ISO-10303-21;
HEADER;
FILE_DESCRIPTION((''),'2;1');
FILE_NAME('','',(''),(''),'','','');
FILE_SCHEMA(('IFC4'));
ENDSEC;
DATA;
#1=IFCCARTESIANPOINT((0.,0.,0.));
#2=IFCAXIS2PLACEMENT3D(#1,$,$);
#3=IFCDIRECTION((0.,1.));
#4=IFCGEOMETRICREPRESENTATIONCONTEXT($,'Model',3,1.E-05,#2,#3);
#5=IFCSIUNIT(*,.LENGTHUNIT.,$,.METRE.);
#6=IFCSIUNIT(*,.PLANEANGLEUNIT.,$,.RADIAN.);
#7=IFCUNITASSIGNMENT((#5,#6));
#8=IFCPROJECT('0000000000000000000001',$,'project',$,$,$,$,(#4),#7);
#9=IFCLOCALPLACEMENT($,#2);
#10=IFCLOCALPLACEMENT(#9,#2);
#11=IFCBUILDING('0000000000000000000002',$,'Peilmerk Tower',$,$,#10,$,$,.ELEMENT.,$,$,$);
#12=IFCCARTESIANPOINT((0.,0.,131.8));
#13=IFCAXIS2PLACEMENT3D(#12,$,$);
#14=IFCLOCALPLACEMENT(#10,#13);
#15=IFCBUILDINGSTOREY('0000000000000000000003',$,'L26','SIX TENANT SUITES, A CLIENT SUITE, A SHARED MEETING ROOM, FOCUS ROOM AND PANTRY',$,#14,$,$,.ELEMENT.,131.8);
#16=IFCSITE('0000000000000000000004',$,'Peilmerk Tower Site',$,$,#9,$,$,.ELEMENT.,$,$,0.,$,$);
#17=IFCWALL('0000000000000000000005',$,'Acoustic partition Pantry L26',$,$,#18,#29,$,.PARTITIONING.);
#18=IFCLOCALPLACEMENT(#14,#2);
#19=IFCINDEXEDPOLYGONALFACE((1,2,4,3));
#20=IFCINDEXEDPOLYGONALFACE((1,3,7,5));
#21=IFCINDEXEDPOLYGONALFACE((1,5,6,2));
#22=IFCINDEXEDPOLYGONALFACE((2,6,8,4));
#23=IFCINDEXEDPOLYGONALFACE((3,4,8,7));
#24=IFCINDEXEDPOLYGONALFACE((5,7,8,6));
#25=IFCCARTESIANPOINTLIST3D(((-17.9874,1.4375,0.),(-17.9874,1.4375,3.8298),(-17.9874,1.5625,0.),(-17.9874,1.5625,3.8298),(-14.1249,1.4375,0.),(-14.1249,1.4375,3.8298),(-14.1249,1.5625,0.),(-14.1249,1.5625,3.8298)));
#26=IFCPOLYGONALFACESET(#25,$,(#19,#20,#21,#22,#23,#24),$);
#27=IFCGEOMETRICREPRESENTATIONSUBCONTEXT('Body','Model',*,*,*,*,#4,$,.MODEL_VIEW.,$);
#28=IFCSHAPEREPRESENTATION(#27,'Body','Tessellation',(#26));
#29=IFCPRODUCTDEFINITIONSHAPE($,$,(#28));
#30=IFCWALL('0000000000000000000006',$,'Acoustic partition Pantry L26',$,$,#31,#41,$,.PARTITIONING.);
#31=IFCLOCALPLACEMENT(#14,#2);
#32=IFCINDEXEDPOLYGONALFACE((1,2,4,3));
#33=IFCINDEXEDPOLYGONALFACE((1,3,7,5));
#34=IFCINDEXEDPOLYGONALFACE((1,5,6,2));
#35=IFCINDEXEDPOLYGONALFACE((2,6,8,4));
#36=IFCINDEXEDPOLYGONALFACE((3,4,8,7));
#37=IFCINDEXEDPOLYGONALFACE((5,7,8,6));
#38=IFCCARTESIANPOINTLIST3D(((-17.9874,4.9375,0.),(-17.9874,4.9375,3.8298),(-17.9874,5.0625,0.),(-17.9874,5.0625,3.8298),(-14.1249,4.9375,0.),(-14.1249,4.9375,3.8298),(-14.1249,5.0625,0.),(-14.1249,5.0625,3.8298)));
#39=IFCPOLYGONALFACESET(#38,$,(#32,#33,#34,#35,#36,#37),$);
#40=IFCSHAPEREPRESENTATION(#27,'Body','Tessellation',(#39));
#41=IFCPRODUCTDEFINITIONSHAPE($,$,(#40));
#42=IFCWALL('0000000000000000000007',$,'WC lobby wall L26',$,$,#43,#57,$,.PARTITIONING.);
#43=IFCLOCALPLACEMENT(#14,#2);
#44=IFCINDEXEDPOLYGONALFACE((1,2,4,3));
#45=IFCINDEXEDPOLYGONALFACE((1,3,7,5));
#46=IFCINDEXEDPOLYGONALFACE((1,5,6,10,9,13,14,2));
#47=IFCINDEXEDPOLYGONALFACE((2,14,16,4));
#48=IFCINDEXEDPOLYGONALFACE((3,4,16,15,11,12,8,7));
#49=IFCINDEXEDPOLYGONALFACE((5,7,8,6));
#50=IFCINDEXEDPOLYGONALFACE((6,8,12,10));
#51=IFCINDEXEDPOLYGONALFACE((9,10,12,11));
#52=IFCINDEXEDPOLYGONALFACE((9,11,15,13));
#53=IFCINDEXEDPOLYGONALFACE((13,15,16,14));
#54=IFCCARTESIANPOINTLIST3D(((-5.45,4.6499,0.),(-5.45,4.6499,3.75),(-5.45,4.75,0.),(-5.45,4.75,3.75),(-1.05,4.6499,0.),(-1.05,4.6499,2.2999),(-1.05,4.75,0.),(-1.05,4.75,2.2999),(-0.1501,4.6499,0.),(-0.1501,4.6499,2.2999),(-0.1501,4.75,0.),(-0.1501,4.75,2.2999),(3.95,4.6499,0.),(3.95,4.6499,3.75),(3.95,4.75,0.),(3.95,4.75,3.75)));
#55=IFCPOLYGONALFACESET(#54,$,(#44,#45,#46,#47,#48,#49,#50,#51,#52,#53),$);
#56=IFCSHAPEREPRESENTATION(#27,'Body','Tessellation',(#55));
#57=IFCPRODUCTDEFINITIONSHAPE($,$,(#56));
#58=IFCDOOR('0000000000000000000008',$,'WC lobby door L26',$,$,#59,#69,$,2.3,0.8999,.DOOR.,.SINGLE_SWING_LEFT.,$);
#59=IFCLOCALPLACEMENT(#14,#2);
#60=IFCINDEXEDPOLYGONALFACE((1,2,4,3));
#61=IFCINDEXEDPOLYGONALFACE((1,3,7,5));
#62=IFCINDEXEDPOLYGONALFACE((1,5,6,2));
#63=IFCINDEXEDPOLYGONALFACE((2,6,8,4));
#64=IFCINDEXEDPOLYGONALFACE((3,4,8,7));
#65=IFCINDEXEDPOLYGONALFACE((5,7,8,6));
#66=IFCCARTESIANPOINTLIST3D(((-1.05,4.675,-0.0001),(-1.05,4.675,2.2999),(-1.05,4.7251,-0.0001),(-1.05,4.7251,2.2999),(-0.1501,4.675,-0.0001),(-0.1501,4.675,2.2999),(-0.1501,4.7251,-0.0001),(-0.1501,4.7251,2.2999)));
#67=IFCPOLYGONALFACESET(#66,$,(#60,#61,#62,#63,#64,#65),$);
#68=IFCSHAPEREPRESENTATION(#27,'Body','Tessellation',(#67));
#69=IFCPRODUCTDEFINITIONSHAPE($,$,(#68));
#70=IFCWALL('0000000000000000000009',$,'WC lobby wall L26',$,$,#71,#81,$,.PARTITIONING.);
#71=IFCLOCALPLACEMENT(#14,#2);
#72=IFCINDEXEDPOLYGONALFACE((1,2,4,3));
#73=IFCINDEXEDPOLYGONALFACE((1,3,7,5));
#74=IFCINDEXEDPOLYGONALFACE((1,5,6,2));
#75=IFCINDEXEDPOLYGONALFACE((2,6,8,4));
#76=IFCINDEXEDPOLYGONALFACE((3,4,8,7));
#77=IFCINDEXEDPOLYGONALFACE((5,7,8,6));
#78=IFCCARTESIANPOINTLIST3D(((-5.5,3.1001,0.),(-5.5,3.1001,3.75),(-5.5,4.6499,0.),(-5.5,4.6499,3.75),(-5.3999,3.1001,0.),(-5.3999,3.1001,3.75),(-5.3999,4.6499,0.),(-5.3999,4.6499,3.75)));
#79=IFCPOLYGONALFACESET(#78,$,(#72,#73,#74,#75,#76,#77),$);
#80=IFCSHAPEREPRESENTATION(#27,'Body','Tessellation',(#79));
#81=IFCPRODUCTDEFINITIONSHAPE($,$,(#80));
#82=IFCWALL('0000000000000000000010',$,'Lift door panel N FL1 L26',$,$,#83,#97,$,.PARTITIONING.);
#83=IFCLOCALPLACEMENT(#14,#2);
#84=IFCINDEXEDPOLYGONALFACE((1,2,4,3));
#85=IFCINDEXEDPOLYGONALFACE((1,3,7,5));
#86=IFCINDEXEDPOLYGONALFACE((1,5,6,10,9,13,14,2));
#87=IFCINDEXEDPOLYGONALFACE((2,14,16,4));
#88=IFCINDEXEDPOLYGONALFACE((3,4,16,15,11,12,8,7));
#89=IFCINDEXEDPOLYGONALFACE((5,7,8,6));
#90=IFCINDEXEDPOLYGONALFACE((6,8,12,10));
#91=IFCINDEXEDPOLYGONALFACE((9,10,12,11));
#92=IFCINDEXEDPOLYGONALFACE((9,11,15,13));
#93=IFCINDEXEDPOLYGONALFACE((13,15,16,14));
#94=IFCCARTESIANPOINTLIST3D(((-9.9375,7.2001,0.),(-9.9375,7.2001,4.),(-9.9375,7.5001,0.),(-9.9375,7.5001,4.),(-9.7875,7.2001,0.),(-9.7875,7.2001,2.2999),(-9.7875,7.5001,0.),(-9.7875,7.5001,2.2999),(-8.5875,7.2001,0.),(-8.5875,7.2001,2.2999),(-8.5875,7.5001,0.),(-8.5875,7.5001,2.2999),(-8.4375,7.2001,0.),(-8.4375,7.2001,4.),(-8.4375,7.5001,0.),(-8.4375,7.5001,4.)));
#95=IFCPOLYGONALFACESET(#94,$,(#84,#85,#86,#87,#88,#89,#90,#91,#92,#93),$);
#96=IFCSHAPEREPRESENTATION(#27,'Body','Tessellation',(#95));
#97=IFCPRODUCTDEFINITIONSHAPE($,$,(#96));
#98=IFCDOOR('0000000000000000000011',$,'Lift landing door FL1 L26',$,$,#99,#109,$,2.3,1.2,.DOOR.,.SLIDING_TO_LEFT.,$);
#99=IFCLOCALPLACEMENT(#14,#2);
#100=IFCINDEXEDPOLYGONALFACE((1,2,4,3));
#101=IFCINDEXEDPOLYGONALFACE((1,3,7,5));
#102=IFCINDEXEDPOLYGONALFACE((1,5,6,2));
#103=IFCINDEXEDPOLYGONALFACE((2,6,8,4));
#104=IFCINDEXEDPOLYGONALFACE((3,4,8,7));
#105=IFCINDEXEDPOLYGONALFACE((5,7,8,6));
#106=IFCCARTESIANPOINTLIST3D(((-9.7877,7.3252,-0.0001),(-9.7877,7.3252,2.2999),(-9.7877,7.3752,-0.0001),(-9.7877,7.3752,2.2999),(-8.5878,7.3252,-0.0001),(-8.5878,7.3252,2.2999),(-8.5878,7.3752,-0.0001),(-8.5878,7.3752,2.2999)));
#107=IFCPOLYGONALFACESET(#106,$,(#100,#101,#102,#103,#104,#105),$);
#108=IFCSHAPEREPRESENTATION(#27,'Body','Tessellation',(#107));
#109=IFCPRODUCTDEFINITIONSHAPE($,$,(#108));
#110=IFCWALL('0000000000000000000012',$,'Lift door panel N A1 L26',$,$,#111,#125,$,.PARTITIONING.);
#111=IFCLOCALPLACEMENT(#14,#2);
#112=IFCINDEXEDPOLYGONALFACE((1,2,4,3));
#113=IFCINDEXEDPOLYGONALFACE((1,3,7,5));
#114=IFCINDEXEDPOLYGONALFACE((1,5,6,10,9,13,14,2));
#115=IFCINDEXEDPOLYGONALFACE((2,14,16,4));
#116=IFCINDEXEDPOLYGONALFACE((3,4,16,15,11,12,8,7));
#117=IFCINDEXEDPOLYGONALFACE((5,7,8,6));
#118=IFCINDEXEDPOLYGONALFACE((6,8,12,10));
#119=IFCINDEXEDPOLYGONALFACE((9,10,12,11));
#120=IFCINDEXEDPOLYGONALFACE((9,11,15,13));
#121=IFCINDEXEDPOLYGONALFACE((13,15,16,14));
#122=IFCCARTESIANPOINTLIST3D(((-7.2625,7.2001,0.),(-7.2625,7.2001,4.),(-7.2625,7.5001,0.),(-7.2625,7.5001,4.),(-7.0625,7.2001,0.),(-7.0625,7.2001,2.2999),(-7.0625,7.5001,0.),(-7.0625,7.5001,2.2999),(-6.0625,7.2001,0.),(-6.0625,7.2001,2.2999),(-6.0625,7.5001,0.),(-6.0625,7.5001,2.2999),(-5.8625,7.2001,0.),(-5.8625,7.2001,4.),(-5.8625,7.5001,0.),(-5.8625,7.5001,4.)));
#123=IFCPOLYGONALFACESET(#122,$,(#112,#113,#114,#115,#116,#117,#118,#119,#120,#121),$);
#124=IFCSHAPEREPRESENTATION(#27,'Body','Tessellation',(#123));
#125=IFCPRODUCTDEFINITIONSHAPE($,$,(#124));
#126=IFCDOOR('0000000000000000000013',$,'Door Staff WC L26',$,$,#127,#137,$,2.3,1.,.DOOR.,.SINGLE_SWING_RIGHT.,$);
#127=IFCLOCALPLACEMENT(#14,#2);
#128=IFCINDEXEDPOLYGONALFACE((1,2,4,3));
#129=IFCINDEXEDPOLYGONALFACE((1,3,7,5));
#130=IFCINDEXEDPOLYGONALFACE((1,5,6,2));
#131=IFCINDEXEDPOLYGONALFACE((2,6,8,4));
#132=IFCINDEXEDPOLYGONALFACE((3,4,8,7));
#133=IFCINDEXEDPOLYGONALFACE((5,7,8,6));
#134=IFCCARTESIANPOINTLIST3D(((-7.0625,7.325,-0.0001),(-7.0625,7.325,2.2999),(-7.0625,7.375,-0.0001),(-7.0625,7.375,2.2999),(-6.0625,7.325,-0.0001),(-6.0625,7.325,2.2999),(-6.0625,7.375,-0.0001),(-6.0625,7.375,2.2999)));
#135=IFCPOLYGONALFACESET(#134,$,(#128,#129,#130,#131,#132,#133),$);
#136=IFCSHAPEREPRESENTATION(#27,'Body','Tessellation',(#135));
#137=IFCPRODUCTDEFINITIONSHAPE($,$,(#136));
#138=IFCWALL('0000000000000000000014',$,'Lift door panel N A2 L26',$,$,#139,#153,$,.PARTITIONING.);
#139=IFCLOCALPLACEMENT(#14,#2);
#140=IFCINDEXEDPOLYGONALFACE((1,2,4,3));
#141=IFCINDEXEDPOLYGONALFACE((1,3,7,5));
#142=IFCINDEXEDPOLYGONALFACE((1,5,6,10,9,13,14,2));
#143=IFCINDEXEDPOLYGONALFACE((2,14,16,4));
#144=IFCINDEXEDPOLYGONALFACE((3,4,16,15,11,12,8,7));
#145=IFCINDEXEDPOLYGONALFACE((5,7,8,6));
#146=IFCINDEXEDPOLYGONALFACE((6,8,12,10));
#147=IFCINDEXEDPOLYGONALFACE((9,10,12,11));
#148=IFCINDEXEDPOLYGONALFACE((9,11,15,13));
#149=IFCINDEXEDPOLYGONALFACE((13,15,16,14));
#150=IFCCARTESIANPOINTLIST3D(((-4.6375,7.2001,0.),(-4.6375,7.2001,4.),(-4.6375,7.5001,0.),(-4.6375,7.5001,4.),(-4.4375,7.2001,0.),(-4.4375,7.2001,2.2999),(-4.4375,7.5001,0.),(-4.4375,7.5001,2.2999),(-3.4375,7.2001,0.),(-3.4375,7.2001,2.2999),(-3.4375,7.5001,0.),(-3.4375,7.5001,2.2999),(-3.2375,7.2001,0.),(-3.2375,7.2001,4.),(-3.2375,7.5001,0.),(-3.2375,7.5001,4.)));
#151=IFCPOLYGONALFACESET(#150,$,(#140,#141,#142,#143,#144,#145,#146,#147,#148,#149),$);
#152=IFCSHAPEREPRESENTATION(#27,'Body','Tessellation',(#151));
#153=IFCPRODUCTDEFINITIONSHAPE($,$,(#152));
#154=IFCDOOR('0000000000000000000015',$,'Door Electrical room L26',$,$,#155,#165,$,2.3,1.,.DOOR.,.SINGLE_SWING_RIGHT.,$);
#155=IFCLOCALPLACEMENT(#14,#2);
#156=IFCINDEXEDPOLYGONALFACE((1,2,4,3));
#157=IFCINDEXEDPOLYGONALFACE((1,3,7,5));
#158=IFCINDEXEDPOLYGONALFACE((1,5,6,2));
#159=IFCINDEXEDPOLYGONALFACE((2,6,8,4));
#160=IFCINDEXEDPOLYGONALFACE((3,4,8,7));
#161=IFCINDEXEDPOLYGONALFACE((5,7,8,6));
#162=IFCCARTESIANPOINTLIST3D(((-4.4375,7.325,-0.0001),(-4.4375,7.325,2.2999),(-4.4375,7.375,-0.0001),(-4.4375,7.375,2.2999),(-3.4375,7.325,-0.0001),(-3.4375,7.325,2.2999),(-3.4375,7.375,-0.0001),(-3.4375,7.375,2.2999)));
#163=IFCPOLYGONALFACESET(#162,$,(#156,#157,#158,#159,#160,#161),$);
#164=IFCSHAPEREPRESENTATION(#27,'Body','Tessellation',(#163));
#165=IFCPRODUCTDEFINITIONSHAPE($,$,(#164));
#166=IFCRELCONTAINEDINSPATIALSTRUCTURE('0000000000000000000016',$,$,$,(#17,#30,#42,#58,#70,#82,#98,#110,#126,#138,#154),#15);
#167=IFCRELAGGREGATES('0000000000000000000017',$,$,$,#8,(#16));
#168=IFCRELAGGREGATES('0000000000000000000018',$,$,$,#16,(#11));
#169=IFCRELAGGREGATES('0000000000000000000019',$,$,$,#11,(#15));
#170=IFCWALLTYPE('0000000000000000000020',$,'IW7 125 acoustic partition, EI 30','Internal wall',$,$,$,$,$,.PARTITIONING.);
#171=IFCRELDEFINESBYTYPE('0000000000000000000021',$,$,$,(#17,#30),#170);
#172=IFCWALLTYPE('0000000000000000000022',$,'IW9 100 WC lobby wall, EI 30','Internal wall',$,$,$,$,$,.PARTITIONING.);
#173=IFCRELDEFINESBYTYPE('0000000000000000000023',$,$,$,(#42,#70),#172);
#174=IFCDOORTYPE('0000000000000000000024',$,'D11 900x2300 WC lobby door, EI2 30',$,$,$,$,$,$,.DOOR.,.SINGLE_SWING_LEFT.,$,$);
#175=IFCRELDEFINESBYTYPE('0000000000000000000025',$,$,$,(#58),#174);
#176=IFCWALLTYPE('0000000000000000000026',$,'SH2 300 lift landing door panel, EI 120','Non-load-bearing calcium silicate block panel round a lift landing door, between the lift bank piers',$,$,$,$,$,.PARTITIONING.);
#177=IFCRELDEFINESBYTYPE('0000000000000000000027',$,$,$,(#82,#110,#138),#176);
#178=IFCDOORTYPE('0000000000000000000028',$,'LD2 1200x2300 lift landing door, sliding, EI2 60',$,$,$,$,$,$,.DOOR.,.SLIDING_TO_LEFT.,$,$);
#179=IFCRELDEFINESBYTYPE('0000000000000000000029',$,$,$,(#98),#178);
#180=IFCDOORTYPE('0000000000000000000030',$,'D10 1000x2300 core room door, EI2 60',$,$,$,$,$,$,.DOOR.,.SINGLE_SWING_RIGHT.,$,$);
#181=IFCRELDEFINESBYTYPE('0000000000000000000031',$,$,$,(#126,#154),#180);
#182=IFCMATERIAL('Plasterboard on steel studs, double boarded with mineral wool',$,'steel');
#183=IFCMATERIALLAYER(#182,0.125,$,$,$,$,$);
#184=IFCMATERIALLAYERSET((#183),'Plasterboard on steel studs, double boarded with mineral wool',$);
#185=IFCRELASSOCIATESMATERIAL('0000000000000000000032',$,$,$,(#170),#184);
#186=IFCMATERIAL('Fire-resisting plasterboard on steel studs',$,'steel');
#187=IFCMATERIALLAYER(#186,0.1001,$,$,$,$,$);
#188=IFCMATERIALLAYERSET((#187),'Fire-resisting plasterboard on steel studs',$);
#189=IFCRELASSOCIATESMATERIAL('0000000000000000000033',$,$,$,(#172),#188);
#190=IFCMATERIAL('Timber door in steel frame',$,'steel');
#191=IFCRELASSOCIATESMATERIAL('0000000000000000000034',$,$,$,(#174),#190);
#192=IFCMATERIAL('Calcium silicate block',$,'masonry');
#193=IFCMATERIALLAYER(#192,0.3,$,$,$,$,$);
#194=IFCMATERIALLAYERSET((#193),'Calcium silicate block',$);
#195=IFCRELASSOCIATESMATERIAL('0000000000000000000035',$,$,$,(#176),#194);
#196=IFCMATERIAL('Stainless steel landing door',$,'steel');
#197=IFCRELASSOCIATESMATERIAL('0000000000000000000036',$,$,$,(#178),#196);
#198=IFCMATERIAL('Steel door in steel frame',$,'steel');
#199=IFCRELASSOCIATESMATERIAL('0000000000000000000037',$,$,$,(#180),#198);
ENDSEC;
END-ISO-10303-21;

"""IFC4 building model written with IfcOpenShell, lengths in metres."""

from ifc_helpers import new_model, si_unit, direction, frame, frame_2d, origin, place, context, subcontext, project, spatial, rectangle, extrude, material, layer, layer_set, type_object, element, fill, save


model = new_model("IFC4")

# Units and contexts
model_context = context("Model", 3, precision=1e-05, world=origin(), true_north=direction((0.0, 1.0)))
body_context = subcontext(model_context, "Body", "Model", "MODEL_VIEW")
ifc_project = project(units=[si_unit("LENGTHUNIT", "METRE"), si_unit("PLANEANGLEUNIT", "RADIAN")], contexts=[model_context])

# Site, building, storey
site_placement = place(None, origin())
site = spatial("IfcSite", under=ifc_project, at=site_placement, Name="Peilmerk Tower Site", CompositionType="ELEMENT", RefElevation=0.0)
building_placement = place(site_placement, origin())
building = spatial("IfcBuilding", under=site, at=building_placement, Name="Peilmerk Tower", CompositionType="ELEMENT")
storey_placement = place(building_placement, frame((0.0, 0.0, 131.8)))
storey = spatial("IfcBuildingStorey", under=building, at=storey_placement, Name="L26", Description="SIX TENANT SUITES, A CLIENT SUITE, A SHARED MEETING ROOM, FOCUS ROOM AND PANTRY", CompositionType="ELEMENT", Elevation=131.8)

# Shared definitions
ifc_material_1 = material(Name="Steel door in steel frame", Category="steel")

# Shared definitions
ifc_material_2 = material(Name="Timber door in steel frame", Category="steel")

# Walls
ifc_material_3 = material(Name="Plasterboard on steel studs, double boarded with mineral wool", Category="steel")
ifc_layer_1 = layer(ifc_material_3, 0.125)
ifc_layer_set_1 = layer_set([ifc_layer_1], Name="Plasterboard on steel studs, double boarded with mineral wool")
wall_type_1 = type_object("IfcWallType", Name="IW7 125 acoustic partition, EI 30", Description="Internal wall", PredefinedType="PARTITIONING", material=ifc_layer_set_1)
for number, where, z_axis, x_axis, name in (
    (1, (-14.125, 1.5, 0.0), (0.0, 0.0, 1.0), (-1.0, 0.0, 0.0), "Acoustic partition Pantry L26"),
    (2, (-14.125, 5.0, 0.0), (0.0, 0.0, 1.0), (-1.0, 0.0, 0.0), "Acoustic partition Pantry L26"),
):
    element("IfcWall", number, at=place(storey_placement, frame(where, z_axis=z_axis, x_axis=x_axis)), inside=storey, type_object=wall_type_1, Name=name, PredefinedType="PARTITIONING", context=body_context, shape_type="SweptSolid", body=[
        extrude(rectangle(XDim=3.8625, YDim=0.125, at=frame_2d((1.9312, 0.0))), origin(), (0.0, 0.0, 1.0), 3.8298),
    ])

# Wall, opening, door
ifc_material_4 = material(Name="Fire-resisting plasterboard on steel studs", Category="steel")
ifc_layer_2 = layer(ifc_material_4, 0.1001)
ifc_layer_set_2 = layer_set([ifc_layer_2], Name="Fire-resisting plasterboard on steel studs")
wall_type_2 = type_object("IfcWallType", Name="IW9 100 WC lobby wall, EI 30", Description="Internal wall", PredefinedType="PARTITIONING", material=ifc_layer_set_2)
wall_1_placement = place(storey_placement, frame((-5.45, 4.7, 0.0), z_axis=(0.0, 0.0, 1.0), x_axis=(1.0, 0.0, 0.0)))
wall_1 = element("IfcWall", 3, at=wall_1_placement, inside=storey, type_object=wall_type_2, Name="WC lobby wall L26", PredefinedType="PARTITIONING", context=body_context, shape_type="SweptSolid", body=[
    extrude(rectangle(XDim=9.3999, YDim=0.1001, at=frame_2d((4.7, 0.0))), origin(), (0.0, 0.0, 1.0), 3.75),
])
opening_1_placement = place(wall_1_placement, frame((4.3999, 0.0, 0.0)))
opening_1 = element("IfcOpeningElement", 4, at=opening_1_placement, cuts=wall_1, PredefinedType="OPENING", context=body_context, shape_type="SweptSolid", body=[
    extrude(rectangle(XDim=0.8999, YDim=2.3, at=frame_2d((0.45, 1.1499))), frame((0.0, 0.0601, 0.0), z_axis=(0.0, -1.0, 0.0), x_axis=(1.0, 0.0, 0.0)), (0.0, 0.0, 1.0), 0.1201),
])
door_type_1 = type_object("IfcDoorType", Name="D11 900x2300 WC lobby door, EI2 30", OperationType="SINGLE_SWING_LEFT", PredefinedType="DOOR", material=ifc_material_2)
door_1_placement = place(opening_1_placement, frame((0.8999, 0.0, 0.0), z_axis=(0.0, 0.0, 1.0), x_axis=(-1.0, 0.0, 0.0)))
door_1 = element("IfcDoor", 5, at=door_1_placement, inside=storey, type_object=door_type_1, Name="WC lobby door L26", OperationType="SINGLE_SWING_LEFT", OverallHeight=2.3, OverallWidth=0.8999, PredefinedType="DOOR", context=body_context, shape_type="SweptSolid", body=[
    extrude(rectangle(XDim=0.8999, YDim=2.3, at=frame_2d((0.45, 1.1499))), frame((0.0, 0.0249, 0.0), z_axis=(0.0, -1.0, 0.0), x_axis=(1.0, 0.0, 0.0)), (0.0, 0.0, 1.0), 0.05),
])
fill(opening_1, door_1)

# Wall
wall_2_placement = place(storey_placement, frame((-5.45, 3.1001, 0.0), z_axis=(0.0, 0.0, 1.0), x_axis=(0.0, 1.0, 0.0)))
element("IfcWall", 6, at=wall_2_placement, inside=storey, type_object=wall_type_2, Name="WC lobby wall L26", PredefinedType="PARTITIONING", context=body_context, shape_type="SweptSolid", body=[
    extrude(rectangle(XDim=1.5498, YDim=0.1001, at=frame_2d((0.7749, 0.0))), origin(), (0.0, 0.0, 1.0), 3.75),
])

# Walls, openings, doors
ifc_material_5 = material(Name="Calcium silicate block", Category="masonry")
ifc_layer_3 = layer(ifc_material_5, 0.3)
ifc_layer_set_3 = layer_set([ifc_layer_3], Name="Calcium silicate block")
wall_type_3 = type_object("IfcWallType", Name="SH2 300 lift landing door panel, EI 120", Description="Non-load-bearing calcium silicate block panel round a lift landing door, between the lift bank piers", PredefinedType="PARTITIONING", material=ifc_layer_set_3)
wall_3_placement = place(storey_placement, frame((-9.9375, 7.3501, 0.0), z_axis=(0.0, 0.0, 1.0), x_axis=(1.0, 0.0, 0.0)))
wall_3 = element("IfcWall", 7, at=wall_3_placement, inside=storey, type_object=wall_type_3, Name="Lift door panel N FL1 L26", PredefinedType="PARTITIONING", context=body_context, shape_type="SweptSolid", body=[
    extrude(rectangle(XDim=1.5, YDim=0.3, at=frame_2d((0.75, 0.0))), origin(), (0.0, 0.0, 1.0), 4.0),
])
opening_2_placement = place(wall_3_placement, frame((0.1499, 0.0, 0.0)))
opening_2 = element("IfcOpeningElement", 8, at=opening_2_placement, cuts=wall_3, PredefinedType="OPENING", context=body_context, shape_type="SweptSolid", body=[
    extrude(rectangle(XDim=1.2, YDim=2.3, at=frame_2d((0.6001, 1.1499))), frame((0.0, 0.1599, 0.0), z_axis=(0.0, -1.0, 0.0), x_axis=(1.0, 0.0, 0.0)), (0.0, 0.0, 1.0), 0.3201),
])
ifc_material_6 = material(Name="Stainless steel landing door", Category="steel")
door_type_2 = type_object("IfcDoorType", Name="LD2 1200x2300 lift landing door, sliding, EI2 60", OperationType="SLIDING_TO_LEFT", PredefinedType="DOOR", material=ifc_material_6)
door_2_placement = place(opening_2_placement, frame((1.2, 0.0, 0.0), z_axis=(0.0, 0.0, 1.0), x_axis=(-1.0, 0.0, 0.0)))
door_2 = element("IfcDoor", 9, at=door_2_placement, inside=storey, type_object=door_type_2, Name="Lift landing door FL1 L26", OperationType="SLIDING_TO_LEFT", OverallHeight=2.3, OverallWidth=1.2, PredefinedType="DOOR", context=body_context, shape_type="SweptSolid", body=[
    extrude(rectangle(XDim=1.2, YDim=2.3, at=frame_2d((0.6001, 1.1499))), frame((0.0, 0.0249, 0.0), z_axis=(0.0, -1.0, 0.0), x_axis=(1.0, 0.0, 0.0)), (0.0, 0.0, 1.0), 0.05),
])
fill(opening_2, door_2)
wall_4_placement = place(storey_placement, frame((-7.2625, 7.3501, 0.0), z_axis=(0.0, 0.0, 1.0), x_axis=(1.0, 0.0, 0.0)))
wall_4 = element("IfcWall", 10, at=wall_4_placement, inside=storey, type_object=wall_type_3, Name="Lift door panel N A1 L26", PredefinedType="PARTITIONING", context=body_context, shape_type="SweptSolid", body=[
    extrude(rectangle(XDim=1.3999, YDim=0.3, at=frame_2d((0.7, 0.0))), origin(), (0.0, 0.0, 1.0), 4.0),
])
opening_3_placement = place(wall_4_placement, frame((0.2, 0.0, 0.0)))
opening_3 = element("IfcOpeningElement", 11, at=opening_3_placement, cuts=wall_4, PredefinedType="OPENING", context=body_context, shape_type="SweptSolid", body=[
    extrude(rectangle(XDim=1.0, YDim=2.3, at=frame_2d((0.5, 1.1499))), frame((0.0, 0.1599, 0.0), z_axis=(0.0, -1.0, 0.0), x_axis=(1.0, 0.0, 0.0)), (0.0, 0.0, 1.0), 0.3201),
])
door_type_3 = type_object("IfcDoorType", Name="D10 1000x2300 core room door, EI2 60", OperationType="SINGLE_SWING_RIGHT", PredefinedType="DOOR", material=ifc_material_1)
door_3_placement = place(opening_3_placement, origin())
door_3 = element("IfcDoor", 12, at=door_3_placement, inside=storey, type_object=door_type_3, Name="Door Staff WC L26", OperationType="SINGLE_SWING_RIGHT", OverallHeight=2.3, OverallWidth=1.0, PredefinedType="DOOR", context=body_context, shape_type="SweptSolid", body=[
    extrude(rectangle(XDim=1.0, YDim=2.3, at=frame_2d((0.5, 1.1499))), frame((0.0, 0.0249, 0.0), z_axis=(0.0, -1.0, 0.0), x_axis=(1.0, 0.0, 0.0)), (0.0, 0.0, 1.0), 0.05),
])
fill(opening_3, door_3)
wall_5_placement = place(storey_placement, frame((-4.6375, 7.3501, 0.0), z_axis=(0.0, 0.0, 1.0), x_axis=(1.0, 0.0, 0.0)))
wall_5 = element("IfcWall", 13, at=wall_5_placement, inside=storey, type_object=wall_type_3, Name="Lift door panel N A2 L26", PredefinedType="PARTITIONING", context=body_context, shape_type="SweptSolid", body=[
    extrude(rectangle(XDim=1.3999, YDim=0.3, at=frame_2d((0.7, 0.0))), origin(), (0.0, 0.0, 1.0), 4.0),
])
opening_4_placement = place(wall_5_placement, frame((0.2, 0.0, 0.0)))
opening_4 = element("IfcOpeningElement", 14, at=opening_4_placement, cuts=wall_5, PredefinedType="OPENING", context=body_context, shape_type="SweptSolid", body=[
    extrude(rectangle(XDim=1.0, YDim=2.3, at=frame_2d((0.5, 1.1499))), frame((0.0, 0.1599, 0.0), z_axis=(0.0, -1.0, 0.0), x_axis=(1.0, 0.0, 0.0)), (0.0, 0.0, 1.0), 0.3201),
])
door_4_placement = place(opening_4_placement, origin())
door_4 = element("IfcDoor", 15, at=door_4_placement, inside=storey, type_object=door_type_3, Name="Door Electrical room L26", OperationType="SINGLE_SWING_RIGHT", OverallHeight=2.3, OverallWidth=1.0, PredefinedType="DOOR", context=body_context, shape_type="SweptSolid", body=[
    extrude(rectangle(XDim=1.0, YDim=2.3, at=frame_2d((0.5, 1.1499))), frame((0.0, 0.0249, 0.0), z_axis=(0.0, -1.0, 0.0), x_axis=(1.0, 0.0, 0.0)), (0.0, 0.0, 1.0), 0.05),
])
fill(opening_4, door_4)

save(model, "model.ifc")
